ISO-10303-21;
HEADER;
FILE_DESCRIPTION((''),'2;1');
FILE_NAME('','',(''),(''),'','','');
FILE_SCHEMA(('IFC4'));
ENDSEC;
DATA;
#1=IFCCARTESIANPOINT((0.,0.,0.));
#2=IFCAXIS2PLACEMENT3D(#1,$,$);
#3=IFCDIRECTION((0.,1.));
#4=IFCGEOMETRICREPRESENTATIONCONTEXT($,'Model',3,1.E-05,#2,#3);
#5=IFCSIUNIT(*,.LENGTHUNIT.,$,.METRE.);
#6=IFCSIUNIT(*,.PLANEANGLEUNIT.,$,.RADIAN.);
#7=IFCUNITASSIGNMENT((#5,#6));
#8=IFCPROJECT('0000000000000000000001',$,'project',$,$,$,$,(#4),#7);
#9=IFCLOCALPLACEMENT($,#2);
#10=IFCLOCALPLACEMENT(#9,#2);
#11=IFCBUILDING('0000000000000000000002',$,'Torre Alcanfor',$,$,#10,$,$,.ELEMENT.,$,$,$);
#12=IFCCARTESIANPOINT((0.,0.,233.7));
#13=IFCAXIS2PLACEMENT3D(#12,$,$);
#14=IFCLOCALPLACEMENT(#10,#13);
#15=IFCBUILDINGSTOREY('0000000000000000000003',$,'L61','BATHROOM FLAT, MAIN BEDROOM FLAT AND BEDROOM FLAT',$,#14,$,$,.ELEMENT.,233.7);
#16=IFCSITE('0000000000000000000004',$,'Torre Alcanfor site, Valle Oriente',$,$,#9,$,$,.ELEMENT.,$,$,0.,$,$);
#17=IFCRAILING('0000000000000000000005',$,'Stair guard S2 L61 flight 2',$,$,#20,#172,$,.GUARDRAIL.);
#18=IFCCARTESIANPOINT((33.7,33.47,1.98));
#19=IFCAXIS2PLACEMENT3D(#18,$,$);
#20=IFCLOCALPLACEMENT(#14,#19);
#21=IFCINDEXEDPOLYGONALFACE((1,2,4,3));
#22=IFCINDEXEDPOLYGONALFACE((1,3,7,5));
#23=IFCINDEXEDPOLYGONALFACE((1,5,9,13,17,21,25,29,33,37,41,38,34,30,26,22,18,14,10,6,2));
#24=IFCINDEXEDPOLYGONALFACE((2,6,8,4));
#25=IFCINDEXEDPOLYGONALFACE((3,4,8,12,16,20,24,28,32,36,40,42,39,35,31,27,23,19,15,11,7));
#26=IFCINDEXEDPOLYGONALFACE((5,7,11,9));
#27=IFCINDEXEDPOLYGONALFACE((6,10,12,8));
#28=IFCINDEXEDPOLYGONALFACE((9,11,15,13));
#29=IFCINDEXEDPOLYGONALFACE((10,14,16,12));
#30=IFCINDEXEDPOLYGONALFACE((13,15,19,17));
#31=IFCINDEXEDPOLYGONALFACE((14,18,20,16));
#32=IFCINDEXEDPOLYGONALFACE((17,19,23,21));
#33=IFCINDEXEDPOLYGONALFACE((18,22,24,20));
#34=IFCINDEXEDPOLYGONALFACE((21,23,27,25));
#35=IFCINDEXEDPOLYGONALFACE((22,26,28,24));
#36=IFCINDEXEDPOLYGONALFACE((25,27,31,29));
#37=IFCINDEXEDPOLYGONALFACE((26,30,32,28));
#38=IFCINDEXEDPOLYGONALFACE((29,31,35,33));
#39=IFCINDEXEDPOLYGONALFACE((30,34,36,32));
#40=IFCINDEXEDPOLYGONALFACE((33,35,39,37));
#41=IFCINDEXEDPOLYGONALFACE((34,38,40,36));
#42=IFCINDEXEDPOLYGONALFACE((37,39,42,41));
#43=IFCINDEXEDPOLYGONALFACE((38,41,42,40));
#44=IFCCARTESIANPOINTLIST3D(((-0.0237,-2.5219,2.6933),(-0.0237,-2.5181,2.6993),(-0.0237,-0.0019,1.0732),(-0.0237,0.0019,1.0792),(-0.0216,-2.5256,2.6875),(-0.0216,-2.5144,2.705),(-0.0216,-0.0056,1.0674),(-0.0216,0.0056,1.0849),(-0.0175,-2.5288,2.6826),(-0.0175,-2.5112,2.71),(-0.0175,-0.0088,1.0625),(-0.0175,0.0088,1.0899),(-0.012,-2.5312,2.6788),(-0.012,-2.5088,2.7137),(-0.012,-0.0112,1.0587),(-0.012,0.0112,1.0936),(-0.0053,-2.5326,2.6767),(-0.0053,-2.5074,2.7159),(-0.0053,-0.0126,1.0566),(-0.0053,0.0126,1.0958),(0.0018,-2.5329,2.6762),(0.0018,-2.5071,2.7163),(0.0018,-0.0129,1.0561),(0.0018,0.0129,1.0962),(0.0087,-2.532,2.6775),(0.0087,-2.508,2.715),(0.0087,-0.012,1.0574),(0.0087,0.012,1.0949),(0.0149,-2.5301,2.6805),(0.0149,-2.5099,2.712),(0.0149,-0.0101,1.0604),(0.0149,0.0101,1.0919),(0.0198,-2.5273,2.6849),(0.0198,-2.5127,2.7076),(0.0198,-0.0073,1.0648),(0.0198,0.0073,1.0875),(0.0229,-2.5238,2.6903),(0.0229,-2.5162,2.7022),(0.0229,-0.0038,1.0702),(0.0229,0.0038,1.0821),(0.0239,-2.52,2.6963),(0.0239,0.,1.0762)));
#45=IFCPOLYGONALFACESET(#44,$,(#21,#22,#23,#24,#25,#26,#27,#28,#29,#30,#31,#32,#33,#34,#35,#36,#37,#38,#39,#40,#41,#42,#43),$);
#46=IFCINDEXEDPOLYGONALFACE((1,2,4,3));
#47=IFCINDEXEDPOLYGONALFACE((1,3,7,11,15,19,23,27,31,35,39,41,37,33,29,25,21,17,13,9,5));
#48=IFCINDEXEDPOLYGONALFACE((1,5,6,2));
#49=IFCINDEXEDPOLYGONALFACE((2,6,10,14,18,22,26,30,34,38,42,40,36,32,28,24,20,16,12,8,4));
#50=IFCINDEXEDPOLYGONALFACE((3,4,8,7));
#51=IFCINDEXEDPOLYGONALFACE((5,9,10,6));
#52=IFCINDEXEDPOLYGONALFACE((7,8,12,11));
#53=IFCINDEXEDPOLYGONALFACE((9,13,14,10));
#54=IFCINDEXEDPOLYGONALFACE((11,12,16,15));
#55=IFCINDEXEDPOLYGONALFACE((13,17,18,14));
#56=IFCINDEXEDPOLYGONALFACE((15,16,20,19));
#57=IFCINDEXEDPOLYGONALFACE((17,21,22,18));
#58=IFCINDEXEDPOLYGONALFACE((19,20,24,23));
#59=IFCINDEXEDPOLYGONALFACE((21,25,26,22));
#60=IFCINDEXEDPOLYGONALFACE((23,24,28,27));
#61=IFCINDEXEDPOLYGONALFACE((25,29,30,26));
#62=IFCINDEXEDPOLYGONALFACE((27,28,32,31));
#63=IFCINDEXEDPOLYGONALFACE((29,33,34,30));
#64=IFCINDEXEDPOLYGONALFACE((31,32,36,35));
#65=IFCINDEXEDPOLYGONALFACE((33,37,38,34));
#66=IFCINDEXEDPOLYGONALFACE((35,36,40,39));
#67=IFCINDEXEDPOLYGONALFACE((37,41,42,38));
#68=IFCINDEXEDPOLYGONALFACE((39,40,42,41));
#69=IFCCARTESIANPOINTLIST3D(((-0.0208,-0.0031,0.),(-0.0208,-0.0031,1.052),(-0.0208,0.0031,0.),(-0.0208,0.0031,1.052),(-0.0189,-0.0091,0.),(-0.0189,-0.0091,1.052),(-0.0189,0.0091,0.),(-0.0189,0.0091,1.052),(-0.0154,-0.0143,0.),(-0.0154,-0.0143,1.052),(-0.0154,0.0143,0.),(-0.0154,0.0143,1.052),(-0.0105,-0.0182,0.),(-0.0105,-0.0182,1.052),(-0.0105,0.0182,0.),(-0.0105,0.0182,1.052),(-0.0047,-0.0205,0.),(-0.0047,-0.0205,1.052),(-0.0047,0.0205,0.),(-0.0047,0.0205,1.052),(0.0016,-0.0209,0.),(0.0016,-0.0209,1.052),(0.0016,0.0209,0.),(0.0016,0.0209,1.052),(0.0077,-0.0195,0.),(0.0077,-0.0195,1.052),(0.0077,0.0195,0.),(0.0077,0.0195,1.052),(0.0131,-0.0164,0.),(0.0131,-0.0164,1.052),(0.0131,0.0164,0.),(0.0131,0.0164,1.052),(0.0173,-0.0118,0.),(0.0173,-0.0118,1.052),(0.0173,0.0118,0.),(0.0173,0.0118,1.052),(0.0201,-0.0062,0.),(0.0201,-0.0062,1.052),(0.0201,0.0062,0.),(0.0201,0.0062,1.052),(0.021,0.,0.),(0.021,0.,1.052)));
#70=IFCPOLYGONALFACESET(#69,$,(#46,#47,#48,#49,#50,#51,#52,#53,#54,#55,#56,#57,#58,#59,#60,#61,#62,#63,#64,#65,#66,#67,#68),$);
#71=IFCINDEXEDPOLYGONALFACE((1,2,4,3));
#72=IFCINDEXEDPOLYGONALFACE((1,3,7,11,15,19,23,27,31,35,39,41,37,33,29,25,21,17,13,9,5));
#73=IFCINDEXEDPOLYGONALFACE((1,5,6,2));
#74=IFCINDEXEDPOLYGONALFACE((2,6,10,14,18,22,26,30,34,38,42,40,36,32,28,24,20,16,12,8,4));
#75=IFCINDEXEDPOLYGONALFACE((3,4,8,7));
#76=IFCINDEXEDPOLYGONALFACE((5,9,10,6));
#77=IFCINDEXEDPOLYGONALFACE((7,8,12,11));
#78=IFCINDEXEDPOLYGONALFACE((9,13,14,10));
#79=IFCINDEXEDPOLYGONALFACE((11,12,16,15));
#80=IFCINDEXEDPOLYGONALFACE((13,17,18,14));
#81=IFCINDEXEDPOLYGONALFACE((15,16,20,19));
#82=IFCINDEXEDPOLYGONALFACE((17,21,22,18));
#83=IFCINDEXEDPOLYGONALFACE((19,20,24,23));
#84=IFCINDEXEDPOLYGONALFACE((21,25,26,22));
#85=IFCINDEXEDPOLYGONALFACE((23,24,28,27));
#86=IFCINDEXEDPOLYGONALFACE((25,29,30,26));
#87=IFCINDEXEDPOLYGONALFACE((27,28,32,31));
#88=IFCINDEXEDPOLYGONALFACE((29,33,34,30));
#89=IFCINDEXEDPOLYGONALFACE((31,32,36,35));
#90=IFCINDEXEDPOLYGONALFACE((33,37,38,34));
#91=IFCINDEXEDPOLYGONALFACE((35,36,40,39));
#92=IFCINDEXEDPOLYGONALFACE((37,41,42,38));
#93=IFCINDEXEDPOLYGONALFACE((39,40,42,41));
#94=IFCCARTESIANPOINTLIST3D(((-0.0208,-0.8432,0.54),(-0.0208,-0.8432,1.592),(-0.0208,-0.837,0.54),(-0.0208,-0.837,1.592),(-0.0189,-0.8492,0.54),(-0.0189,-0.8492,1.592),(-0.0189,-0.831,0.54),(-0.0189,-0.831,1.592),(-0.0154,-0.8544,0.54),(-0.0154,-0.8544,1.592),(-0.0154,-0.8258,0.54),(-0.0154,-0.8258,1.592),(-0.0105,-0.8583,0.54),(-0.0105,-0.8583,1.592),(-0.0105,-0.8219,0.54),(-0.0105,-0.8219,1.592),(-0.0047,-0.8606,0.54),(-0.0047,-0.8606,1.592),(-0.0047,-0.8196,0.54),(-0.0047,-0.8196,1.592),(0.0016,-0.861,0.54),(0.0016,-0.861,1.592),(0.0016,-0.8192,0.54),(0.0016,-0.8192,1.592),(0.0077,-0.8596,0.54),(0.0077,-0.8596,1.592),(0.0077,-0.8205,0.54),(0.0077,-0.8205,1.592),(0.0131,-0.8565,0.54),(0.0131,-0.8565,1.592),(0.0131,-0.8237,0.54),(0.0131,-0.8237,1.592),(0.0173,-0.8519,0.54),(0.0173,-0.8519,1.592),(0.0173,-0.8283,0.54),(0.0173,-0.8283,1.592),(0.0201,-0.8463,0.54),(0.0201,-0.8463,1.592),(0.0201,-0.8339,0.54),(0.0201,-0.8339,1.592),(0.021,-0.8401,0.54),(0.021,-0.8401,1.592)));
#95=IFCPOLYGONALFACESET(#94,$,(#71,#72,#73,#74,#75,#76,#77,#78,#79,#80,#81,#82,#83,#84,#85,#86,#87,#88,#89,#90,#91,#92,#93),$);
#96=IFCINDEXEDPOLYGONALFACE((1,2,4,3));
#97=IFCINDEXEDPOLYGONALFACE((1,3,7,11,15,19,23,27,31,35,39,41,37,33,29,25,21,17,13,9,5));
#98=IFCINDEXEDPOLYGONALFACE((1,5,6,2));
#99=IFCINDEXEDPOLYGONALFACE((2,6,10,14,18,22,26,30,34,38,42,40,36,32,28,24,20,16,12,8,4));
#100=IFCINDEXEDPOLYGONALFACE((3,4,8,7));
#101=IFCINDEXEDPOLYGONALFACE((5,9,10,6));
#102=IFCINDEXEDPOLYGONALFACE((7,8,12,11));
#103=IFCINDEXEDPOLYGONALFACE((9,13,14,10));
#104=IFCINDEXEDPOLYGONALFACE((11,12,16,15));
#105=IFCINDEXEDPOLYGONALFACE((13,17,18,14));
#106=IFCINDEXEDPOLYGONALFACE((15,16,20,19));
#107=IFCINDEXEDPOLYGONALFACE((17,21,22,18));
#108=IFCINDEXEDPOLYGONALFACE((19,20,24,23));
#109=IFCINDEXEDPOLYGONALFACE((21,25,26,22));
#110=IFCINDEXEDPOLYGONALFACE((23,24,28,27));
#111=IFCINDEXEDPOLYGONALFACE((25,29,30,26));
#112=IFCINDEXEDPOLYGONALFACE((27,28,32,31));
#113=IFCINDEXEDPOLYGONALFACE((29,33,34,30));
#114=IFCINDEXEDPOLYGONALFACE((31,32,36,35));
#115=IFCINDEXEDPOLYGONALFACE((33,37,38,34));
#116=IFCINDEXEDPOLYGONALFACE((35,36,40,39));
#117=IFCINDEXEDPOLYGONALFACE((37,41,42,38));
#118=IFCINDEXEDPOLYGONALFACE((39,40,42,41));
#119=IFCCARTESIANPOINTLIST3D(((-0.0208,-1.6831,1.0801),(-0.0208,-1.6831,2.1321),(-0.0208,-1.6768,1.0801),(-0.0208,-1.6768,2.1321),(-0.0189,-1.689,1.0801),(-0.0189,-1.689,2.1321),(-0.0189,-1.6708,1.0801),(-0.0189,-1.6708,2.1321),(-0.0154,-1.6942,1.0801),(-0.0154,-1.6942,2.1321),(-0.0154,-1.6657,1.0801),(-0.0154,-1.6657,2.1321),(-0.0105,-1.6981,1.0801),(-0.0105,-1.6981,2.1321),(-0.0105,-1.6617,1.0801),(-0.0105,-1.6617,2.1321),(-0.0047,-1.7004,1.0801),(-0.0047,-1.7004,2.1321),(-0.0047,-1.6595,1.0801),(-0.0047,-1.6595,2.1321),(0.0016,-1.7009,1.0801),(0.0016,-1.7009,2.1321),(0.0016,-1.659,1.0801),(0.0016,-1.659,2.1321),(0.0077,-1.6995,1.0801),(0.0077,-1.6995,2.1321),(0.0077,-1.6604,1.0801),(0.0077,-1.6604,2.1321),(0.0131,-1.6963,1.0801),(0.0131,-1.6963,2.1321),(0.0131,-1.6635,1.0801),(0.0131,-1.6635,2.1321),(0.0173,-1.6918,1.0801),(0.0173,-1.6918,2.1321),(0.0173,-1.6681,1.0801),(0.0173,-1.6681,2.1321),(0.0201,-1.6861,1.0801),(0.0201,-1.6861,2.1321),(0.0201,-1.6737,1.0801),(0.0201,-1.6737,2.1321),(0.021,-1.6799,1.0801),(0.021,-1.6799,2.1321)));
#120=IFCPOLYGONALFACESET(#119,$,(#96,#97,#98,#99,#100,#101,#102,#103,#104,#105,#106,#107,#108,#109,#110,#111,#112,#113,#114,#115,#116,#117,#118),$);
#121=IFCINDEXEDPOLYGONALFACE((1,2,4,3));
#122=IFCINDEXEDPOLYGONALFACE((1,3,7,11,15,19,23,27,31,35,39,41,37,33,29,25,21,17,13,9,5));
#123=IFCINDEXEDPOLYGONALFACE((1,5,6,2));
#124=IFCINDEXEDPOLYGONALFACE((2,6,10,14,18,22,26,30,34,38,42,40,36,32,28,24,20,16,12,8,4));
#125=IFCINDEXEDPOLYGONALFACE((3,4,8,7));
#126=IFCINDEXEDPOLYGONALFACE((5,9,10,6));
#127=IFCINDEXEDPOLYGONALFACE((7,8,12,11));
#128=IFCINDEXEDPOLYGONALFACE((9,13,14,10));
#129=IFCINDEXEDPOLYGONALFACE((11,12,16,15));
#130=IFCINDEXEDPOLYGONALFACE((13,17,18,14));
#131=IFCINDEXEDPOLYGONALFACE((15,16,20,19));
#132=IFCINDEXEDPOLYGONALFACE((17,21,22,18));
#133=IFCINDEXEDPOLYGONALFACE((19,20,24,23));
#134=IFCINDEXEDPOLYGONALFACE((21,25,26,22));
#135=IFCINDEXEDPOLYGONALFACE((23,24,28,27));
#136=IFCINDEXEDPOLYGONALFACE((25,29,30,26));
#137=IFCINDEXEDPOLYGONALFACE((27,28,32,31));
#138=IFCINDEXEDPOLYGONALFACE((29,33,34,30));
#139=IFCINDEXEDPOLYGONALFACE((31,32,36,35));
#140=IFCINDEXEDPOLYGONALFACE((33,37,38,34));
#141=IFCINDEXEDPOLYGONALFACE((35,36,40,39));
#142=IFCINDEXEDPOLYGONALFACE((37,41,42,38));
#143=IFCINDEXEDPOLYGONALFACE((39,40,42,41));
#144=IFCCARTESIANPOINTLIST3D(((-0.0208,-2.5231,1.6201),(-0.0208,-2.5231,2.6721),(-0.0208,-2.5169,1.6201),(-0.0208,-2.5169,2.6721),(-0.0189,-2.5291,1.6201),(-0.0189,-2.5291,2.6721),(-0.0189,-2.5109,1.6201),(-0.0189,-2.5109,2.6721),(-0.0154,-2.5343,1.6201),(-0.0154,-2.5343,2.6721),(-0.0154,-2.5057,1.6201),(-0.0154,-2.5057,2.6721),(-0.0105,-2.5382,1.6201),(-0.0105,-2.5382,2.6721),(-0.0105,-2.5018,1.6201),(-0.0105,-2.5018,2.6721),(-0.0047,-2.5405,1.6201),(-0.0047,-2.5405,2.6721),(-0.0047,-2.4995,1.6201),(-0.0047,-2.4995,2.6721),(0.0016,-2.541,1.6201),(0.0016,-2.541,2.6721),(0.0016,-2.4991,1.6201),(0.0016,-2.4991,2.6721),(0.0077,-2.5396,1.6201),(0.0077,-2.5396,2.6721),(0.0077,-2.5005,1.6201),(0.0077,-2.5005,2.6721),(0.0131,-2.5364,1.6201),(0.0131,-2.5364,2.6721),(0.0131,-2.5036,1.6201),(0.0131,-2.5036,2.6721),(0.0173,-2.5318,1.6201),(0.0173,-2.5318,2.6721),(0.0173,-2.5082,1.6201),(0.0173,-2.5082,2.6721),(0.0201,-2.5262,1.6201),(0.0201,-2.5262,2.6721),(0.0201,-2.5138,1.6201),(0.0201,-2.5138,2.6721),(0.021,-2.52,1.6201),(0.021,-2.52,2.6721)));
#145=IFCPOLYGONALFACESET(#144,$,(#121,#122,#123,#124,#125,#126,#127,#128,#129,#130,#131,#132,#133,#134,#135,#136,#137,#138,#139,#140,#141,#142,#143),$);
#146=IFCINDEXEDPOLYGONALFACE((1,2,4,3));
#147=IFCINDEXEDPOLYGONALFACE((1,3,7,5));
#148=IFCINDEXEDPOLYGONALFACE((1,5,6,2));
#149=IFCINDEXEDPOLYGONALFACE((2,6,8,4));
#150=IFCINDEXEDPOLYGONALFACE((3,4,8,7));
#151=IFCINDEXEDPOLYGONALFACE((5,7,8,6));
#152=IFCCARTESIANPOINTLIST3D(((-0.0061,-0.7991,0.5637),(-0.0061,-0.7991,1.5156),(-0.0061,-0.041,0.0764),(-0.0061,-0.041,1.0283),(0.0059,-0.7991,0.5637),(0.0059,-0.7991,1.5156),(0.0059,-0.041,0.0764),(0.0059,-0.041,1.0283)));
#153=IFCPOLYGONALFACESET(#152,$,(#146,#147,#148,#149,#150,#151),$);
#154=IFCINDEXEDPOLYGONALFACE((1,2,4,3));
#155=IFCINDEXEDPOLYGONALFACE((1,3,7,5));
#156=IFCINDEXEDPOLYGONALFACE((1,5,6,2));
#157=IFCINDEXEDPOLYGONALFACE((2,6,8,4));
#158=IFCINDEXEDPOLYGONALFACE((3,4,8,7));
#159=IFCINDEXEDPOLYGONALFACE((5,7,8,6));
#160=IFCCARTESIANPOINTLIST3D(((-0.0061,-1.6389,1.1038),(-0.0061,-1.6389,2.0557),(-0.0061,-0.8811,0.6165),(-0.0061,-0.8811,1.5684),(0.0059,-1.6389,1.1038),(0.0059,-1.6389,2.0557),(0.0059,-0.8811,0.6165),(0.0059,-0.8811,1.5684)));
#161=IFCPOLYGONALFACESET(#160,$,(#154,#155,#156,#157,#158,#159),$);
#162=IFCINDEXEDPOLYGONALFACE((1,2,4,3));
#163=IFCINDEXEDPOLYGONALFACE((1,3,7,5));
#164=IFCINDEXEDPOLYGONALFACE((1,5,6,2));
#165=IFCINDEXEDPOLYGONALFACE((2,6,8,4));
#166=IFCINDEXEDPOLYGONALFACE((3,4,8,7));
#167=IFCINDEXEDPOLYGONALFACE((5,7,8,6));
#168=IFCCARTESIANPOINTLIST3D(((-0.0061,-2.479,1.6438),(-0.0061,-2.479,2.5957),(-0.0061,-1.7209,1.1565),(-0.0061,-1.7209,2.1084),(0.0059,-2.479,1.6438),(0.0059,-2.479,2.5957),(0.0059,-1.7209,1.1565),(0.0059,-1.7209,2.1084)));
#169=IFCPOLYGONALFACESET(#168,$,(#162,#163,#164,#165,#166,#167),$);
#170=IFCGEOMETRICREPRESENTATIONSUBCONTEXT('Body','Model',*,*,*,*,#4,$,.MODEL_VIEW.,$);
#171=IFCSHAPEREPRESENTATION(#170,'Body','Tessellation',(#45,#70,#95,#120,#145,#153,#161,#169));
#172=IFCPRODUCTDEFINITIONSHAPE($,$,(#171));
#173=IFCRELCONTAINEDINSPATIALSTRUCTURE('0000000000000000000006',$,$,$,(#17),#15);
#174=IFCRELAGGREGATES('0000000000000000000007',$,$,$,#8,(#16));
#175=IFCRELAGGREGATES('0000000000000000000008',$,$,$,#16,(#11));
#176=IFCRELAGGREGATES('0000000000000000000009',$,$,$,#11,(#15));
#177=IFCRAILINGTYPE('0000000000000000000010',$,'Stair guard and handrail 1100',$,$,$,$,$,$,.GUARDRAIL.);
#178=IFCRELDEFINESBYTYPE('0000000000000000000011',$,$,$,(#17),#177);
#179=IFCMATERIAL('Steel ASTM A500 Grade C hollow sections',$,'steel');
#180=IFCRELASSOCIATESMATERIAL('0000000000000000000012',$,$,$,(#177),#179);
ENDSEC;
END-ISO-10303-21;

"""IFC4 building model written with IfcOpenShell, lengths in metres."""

from ifc_helpers import new_model, si_unit, direction, frame, origin, origin_2d, place, context, subcontext, project, spatial, polyline, circle, outline, extrude, material, type_object, element, save


model = new_model("IFC4")

# Units and contexts
model_context = context("Model", 3, precision=1e-05, world=origin(), true_north=direction((0.0, 1.0)))
body_context = subcontext(model_context, "Body", "Model", "MODEL_VIEW")
ifc_project = project(units=[si_unit("LENGTHUNIT", "METRE"), si_unit("PLANEANGLEUNIT", "RADIAN")], contexts=[model_context])

# Site, building, storey
site_placement = place(None, origin())
site = spatial("IfcSite", under=ifc_project, at=site_placement, Name="Torre Alcanfor site, Valle Oriente", CompositionType="ELEMENT", RefElevation=0.0)
building_placement = place(site_placement, origin())
building = spatial("IfcBuilding", under=site, at=building_placement, Name="Torre Alcanfor", CompositionType="ELEMENT")
storey_placement = place(building_placement, frame((0.0, 0.0, 233.7)))
storey = spatial("IfcBuildingStorey", under=building, at=storey_placement, Name="L61", Description="BATHROOM FLAT, MAIN BEDROOM FLAT AND BEDROOM FLAT", CompositionType="ELEMENT", Elevation=233.7)

# Railing
ifc_material_1 = material(Name="Steel ASTM A500 Grade C hollow sections", Category="steel")
railing_type_1 = type_object("IfcRailingType", Name="Stair guard and handrail 1100", PredefinedType="GUARDRAIL", material=ifc_material_1)
railing_1_placement = place(storey_placement, frame((33.7, 33.47, 1.98)))
element("IfcRailing", 1, at=railing_1_placement, inside=storey, type_object=railing_type_1, Name="Stair guard S2 L61 flight 2", PredefinedType="GUARDRAIL", context=body_context, shape_type="SweptSolid", body=[
    extrude(circle(Radius=0.0239, at=origin_2d()), frame((0.0, 0.0, 1.0762), z_axis=(0.0, -0.841163, 0.540782), x_axis=(1.0, 0.0, 0.0)), (0.0, 0.0, 1.0), 2.9958),
    extrude(circle(Radius=0.021, at=origin_2d()), origin(), (0.0, 0.0, 1.0), 1.052),
    extrude(circle(Radius=0.021, at=origin_2d()), frame((0.0, -0.8401, 0.54)), (0.0, 0.0, 1.0), 1.052),
    extrude(circle(Radius=0.021, at=origin_2d()), frame((0.0, -1.6799, 1.0801)), (0.0, 0.0, 1.0), 1.052),
    extrude(circle(Radius=0.021, at=origin_2d()), frame((0.0, -2.52, 1.6201)), (0.0, 0.0, 1.0), 1.052),
    extrude(outline(polyline([(0.041, 0.0764), (0.7991, 0.5637), (0.7991, 1.5156), (0.041, 1.0283), (0.041, 0.0764)])), frame((0.0059, 0.0, 0.0), z_axis=(-1.0, 0.0, 0.0), x_axis=(0.0, -1.0, 0.0)), (0.0, 0.0, 1.0), 0.012),
    extrude(outline(polyline([(0.8811, 0.6165), (1.6389, 1.1038), (1.6389, 2.0557), (0.8811, 1.5684), (0.8811, 0.6165)])), frame((0.0059, 0.0, 0.0), z_axis=(-1.0, 0.0, 0.0), x_axis=(0.0, -1.0, 0.0)), (0.0, 0.0, 1.0), 0.012),
    extrude(outline(polyline([(1.7209, 1.1565), (2.479, 1.6438), (2.479, 2.5957), (1.7209, 2.1084), (1.7209, 1.1565)])), frame((0.0059, 0.0, 0.0), z_axis=(-1.0, 0.0, 0.0), x_axis=(0.0, -1.0, 0.0)), (0.0, 0.0, 1.0), 0.012),
])

save(model, "model.ifc")
